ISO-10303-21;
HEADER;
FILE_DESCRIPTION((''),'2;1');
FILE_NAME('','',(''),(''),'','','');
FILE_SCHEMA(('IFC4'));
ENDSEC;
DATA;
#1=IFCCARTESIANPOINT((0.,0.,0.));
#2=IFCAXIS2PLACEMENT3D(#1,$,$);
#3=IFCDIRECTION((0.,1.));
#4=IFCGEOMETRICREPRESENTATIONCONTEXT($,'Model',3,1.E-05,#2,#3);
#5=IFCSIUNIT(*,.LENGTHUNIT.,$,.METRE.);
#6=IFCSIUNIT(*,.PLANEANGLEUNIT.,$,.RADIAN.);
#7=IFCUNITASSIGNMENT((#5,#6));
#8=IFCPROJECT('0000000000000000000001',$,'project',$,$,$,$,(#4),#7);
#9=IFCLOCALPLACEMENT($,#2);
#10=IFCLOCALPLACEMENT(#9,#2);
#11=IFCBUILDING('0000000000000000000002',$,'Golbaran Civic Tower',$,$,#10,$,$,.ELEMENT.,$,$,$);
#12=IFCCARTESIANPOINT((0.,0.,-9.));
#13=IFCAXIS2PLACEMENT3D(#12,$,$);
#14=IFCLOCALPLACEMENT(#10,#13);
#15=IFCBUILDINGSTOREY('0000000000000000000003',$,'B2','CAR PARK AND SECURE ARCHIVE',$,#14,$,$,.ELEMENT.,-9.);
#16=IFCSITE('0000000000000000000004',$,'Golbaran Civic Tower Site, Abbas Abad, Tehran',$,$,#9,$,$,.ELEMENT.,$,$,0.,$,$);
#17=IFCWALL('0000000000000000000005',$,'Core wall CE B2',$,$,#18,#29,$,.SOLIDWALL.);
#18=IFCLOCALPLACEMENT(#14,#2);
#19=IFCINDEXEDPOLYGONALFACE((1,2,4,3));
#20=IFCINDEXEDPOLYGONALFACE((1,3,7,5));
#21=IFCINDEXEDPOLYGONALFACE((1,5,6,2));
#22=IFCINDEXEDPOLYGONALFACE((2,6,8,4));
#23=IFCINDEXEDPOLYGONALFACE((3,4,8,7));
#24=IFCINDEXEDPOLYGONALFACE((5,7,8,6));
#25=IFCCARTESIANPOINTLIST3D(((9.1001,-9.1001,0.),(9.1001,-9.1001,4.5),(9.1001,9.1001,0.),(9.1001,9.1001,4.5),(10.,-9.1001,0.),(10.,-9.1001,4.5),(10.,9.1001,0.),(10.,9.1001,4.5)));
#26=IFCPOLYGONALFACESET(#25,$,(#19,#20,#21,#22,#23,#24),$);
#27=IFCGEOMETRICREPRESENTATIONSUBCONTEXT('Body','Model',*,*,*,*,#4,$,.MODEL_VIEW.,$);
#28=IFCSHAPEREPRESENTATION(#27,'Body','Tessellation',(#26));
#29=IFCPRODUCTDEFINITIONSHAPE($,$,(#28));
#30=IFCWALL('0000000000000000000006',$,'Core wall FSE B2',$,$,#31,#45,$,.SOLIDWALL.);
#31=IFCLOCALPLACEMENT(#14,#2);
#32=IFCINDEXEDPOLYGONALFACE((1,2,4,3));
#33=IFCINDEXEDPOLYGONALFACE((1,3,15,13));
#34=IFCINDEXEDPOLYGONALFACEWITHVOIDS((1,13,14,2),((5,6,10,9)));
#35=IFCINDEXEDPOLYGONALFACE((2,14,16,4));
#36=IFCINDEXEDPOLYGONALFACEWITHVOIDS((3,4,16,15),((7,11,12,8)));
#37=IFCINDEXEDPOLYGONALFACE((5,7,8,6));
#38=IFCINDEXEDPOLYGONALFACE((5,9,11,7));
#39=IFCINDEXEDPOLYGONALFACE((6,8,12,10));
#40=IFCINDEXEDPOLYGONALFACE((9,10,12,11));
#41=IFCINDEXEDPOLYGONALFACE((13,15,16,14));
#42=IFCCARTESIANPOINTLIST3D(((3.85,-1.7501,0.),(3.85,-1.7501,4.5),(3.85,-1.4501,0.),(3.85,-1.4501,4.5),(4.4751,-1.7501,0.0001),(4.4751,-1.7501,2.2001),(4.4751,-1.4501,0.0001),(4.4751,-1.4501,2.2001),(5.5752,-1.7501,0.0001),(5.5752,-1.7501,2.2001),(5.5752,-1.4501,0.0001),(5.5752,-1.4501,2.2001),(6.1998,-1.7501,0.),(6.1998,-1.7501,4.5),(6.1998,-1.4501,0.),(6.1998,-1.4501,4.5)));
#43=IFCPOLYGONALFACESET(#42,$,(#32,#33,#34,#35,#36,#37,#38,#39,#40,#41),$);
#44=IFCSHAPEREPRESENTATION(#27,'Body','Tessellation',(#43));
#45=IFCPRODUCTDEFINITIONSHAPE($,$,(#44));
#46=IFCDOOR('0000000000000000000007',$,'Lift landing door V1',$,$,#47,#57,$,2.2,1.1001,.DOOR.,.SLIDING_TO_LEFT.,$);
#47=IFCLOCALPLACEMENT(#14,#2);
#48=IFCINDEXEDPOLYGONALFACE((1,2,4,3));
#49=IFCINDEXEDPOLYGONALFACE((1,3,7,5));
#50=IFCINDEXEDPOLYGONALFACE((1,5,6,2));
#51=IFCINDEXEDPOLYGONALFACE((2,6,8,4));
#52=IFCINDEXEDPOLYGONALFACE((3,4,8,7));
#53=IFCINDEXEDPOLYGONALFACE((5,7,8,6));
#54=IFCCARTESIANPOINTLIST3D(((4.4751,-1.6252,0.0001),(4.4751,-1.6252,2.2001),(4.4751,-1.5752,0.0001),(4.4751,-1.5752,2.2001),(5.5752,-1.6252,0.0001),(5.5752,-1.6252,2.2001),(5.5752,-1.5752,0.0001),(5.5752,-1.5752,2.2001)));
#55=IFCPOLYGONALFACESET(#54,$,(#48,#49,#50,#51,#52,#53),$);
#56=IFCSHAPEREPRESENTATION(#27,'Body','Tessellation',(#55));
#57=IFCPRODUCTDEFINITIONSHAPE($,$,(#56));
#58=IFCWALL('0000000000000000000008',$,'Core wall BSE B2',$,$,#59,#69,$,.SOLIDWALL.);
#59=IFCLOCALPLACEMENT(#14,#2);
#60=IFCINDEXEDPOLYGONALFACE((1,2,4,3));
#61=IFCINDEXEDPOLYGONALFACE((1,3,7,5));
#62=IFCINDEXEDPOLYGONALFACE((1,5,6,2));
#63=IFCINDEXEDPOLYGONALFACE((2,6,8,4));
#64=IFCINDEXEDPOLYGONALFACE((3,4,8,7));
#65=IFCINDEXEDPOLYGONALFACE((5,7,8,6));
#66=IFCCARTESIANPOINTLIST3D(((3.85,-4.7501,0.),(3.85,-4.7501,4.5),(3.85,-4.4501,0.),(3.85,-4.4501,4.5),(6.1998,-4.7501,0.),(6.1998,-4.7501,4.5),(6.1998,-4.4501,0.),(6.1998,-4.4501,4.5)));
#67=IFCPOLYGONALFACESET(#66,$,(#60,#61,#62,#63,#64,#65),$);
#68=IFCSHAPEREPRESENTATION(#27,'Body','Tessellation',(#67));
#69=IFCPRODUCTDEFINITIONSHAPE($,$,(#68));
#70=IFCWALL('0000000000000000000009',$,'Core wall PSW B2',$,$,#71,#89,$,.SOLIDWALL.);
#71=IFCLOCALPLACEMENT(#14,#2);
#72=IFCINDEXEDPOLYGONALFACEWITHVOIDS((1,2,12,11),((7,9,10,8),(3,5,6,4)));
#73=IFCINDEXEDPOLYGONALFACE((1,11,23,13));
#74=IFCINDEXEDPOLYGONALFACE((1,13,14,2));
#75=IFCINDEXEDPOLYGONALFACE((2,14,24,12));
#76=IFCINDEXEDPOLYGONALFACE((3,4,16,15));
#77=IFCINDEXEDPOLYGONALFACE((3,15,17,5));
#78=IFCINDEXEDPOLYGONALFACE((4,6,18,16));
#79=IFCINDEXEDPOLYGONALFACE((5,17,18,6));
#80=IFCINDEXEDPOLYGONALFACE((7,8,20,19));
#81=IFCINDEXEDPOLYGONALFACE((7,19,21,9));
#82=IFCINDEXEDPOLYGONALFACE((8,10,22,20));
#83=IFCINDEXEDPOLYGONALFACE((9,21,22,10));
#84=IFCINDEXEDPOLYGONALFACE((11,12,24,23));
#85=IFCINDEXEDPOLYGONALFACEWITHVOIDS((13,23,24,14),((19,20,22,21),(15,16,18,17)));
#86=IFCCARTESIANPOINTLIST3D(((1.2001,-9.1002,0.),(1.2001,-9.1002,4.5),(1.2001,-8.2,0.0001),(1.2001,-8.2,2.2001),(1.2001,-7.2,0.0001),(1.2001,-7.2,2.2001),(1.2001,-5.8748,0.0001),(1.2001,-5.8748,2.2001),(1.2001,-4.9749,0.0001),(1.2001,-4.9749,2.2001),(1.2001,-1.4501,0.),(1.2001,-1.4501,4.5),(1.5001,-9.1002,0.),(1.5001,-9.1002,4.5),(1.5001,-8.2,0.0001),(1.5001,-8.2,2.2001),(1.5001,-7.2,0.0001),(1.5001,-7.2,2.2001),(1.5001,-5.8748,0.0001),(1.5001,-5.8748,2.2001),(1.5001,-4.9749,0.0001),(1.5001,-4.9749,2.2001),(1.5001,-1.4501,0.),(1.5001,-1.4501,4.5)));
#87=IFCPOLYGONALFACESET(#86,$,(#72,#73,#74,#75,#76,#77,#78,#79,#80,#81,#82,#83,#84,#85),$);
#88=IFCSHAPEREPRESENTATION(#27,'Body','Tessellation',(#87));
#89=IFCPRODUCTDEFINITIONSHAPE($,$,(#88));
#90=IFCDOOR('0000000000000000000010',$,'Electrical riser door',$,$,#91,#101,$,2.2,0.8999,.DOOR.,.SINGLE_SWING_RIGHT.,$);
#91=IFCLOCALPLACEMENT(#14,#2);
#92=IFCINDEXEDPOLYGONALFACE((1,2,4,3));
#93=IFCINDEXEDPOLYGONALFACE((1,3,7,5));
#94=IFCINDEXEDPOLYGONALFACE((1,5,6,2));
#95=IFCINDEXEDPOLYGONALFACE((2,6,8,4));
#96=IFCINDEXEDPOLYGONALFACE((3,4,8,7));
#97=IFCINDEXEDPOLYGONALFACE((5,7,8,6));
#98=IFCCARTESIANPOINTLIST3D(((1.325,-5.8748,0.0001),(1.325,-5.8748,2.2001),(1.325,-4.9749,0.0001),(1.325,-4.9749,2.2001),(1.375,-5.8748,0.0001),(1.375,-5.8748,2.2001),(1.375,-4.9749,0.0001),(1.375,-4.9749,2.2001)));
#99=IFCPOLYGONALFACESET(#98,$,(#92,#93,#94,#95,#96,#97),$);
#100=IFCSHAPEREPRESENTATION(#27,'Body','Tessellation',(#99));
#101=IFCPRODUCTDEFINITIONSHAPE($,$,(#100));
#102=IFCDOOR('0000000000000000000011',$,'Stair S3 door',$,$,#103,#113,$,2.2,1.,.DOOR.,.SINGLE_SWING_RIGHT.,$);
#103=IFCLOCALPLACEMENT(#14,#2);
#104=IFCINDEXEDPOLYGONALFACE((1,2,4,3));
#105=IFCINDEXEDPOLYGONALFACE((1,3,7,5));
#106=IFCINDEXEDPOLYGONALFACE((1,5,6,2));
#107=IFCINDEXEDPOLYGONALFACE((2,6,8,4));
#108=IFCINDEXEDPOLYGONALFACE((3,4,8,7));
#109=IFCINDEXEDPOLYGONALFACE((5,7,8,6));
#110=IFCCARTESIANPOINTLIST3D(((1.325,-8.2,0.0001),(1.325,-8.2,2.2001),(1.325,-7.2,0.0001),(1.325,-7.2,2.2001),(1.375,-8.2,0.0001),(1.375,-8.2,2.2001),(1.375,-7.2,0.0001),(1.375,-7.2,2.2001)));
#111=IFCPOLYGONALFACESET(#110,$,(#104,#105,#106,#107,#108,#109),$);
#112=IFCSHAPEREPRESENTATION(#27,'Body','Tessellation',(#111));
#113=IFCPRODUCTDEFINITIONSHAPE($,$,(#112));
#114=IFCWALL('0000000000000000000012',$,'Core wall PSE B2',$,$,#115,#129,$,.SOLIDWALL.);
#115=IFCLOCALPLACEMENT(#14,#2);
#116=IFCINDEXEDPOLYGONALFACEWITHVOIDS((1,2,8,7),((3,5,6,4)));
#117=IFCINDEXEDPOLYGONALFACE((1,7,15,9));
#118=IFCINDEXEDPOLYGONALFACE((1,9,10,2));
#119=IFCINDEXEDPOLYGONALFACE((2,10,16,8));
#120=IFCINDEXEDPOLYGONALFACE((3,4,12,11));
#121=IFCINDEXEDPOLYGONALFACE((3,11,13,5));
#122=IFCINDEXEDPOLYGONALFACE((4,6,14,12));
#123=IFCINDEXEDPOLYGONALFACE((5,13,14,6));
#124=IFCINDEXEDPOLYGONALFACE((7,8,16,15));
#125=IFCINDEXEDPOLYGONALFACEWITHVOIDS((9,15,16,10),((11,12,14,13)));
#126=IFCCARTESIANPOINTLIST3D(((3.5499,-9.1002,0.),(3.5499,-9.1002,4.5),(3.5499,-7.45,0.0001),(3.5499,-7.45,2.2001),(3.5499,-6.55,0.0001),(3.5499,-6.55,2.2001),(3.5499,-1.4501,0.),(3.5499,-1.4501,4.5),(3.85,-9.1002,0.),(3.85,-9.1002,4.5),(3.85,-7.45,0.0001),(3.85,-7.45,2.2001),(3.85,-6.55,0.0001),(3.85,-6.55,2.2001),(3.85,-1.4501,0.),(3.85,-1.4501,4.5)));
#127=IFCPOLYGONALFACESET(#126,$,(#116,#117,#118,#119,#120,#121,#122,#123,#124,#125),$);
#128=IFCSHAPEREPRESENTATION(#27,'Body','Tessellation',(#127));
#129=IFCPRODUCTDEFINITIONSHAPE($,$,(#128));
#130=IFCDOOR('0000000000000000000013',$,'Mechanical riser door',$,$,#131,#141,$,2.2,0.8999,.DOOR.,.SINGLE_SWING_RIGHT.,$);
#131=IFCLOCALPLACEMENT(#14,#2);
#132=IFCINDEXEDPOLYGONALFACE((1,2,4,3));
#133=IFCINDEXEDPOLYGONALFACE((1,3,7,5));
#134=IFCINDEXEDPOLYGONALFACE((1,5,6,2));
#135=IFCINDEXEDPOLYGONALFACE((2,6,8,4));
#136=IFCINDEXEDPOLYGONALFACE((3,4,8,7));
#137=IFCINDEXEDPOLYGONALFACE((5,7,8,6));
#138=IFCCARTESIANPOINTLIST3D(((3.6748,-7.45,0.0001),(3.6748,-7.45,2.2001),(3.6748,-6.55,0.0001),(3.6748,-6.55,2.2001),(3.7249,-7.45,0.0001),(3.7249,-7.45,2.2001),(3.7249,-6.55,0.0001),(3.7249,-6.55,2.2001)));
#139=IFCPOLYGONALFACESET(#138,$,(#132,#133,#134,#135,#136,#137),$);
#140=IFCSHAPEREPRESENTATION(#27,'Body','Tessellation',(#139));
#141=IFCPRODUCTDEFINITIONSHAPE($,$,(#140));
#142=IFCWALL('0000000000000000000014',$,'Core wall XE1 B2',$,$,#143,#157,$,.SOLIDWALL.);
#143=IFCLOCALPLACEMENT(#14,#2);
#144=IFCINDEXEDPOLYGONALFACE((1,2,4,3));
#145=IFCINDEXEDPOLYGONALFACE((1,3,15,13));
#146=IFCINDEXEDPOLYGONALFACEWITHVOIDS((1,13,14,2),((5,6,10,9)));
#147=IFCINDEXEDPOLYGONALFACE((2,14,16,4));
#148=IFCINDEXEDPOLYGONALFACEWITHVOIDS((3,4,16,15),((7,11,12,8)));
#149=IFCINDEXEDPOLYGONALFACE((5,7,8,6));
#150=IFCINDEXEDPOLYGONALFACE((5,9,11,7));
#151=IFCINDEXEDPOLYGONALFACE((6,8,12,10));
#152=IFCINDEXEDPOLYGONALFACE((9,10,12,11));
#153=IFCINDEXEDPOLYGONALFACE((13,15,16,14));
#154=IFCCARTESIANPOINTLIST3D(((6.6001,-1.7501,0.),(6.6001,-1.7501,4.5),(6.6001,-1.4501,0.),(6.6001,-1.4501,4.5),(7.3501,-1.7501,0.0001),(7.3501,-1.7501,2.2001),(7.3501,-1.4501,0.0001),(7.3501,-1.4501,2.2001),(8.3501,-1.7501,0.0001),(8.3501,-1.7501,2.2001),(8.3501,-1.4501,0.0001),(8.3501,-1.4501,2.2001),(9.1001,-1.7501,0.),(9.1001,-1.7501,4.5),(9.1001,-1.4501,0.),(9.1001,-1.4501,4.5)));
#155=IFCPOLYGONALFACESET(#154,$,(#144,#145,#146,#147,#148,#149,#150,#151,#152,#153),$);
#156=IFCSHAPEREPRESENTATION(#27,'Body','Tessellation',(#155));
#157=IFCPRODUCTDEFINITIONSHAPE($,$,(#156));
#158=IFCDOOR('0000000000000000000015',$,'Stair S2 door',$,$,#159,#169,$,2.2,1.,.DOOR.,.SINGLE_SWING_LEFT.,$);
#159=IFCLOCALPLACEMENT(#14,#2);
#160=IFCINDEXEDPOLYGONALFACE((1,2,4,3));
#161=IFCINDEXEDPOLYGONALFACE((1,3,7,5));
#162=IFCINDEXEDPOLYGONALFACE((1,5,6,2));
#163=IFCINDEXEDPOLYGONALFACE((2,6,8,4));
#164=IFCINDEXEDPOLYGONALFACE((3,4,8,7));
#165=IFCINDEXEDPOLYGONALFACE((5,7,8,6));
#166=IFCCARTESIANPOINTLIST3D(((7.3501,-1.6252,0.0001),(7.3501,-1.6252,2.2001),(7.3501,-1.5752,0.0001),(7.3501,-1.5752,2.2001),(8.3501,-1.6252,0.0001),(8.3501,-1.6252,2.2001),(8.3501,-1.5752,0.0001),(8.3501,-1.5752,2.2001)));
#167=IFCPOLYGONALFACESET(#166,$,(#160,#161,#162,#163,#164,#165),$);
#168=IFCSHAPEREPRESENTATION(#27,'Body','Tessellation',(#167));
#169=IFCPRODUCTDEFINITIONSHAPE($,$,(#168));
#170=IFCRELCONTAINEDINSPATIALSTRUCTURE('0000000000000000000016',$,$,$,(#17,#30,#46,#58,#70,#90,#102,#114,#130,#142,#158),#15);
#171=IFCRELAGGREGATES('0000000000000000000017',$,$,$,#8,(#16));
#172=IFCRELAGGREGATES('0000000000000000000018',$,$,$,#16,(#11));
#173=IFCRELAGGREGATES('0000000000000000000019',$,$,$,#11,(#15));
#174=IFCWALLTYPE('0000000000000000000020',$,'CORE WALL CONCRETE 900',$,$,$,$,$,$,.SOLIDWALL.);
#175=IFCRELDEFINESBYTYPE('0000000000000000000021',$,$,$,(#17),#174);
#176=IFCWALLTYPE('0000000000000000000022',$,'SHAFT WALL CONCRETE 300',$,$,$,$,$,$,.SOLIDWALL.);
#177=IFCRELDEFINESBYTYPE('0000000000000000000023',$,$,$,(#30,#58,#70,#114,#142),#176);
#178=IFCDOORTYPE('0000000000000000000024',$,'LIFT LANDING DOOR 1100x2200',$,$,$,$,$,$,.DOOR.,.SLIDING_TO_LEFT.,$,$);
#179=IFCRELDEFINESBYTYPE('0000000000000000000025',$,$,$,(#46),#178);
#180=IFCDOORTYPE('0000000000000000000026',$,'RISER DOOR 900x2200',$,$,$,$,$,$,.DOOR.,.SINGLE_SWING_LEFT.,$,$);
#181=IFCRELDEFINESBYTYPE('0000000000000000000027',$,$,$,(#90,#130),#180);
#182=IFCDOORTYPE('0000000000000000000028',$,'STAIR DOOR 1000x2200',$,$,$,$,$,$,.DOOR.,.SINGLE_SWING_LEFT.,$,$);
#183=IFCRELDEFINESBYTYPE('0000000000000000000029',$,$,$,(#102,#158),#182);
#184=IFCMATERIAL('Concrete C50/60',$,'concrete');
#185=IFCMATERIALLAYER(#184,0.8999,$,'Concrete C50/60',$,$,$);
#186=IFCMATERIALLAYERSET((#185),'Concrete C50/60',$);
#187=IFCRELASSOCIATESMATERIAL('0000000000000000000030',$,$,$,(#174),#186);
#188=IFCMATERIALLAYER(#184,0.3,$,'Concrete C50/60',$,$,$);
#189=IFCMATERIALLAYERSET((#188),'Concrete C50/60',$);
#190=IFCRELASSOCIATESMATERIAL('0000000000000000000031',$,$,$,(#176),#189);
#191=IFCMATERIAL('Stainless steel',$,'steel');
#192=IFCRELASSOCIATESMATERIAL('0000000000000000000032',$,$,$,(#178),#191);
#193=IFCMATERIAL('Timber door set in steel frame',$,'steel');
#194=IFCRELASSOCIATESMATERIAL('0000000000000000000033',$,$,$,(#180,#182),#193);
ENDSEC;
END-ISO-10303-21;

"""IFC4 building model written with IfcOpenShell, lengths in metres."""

from ifc_helpers import new_model, si_unit, direction, frame, frame_2d, origin, place, context, subcontext, project, spatial, rectangle, extrude, material, layer, layer_set, type_object, element, fill, save


model = new_model("IFC4")

# Units and contexts
model_context = context("Model", 3, precision=1e-05, world=origin(), true_north=direction((0.0, 1.0)))
body_context = subcontext(model_context, "Body", "Model", "MODEL_VIEW")
ifc_project = project(units=[si_unit("LENGTHUNIT", "METRE"), si_unit("PLANEANGLEUNIT", "RADIAN")], contexts=[model_context])

# Site, building, storey
site_placement = place(None, origin())
site = spatial("IfcSite", under=ifc_project, at=site_placement, Name="Golbaran Civic Tower Site, Abbas Abad, Tehran", CompositionType="ELEMENT", RefElevation=0.0)
building_placement = place(site_placement, origin())
building = spatial("IfcBuilding", under=site, at=building_placement, Name="Golbaran Civic Tower", CompositionType="ELEMENT")
storey_placement = place(building_placement, frame((0.0, 0.0, -9.0)))
storey = spatial("IfcBuildingStorey", under=building, at=storey_placement, Name="B2", Description="CAR PARK AND SECURE ARCHIVE", CompositionType="ELEMENT", Elevation=-9.0)

# Shared definitions
ifc_material_1 = material(Name="Concrete C50/60", Category="concrete")

# Shared definitions
ifc_layer_1 = layer(ifc_material_1, 0.8999, Name="Concrete C50/60")
ifc_layer_set_1 = layer_set([ifc_layer_1], Name="Concrete C50/60")
wall_type_1 = type_object("IfcWallType", Name="CORE WALL CONCRETE 900", PredefinedType="SOLIDWALL", material=ifc_layer_set_1)
ifc_material_2 = material(Name="Timber door set in steel frame", Category="steel")

# Wall
wall_1_placement = place(storey_placement, frame((9.55, -9.1001, 0.0), z_axis=(0.0, 0.0, 1.0), x_axis=(0.0, 1.0, 0.0)))
element("IfcWall", 1, at=wall_1_placement, inside=storey, type_object=wall_type_1, Name="Core wall CE B2", PredefinedType="SOLIDWALL", context=body_context, shape_type="SweptSolid", body=[
    extrude(rectangle(XDim=18.2002, YDim=0.8999, at=frame_2d((9.1001, 0.0))), origin(), (0.0, 0.0, 1.0), 4.5),
])

# Wall, opening, door
ifc_layer_2 = layer(ifc_material_1, 0.3, Name="Concrete C50/60")
ifc_layer_set_2 = layer_set([ifc_layer_2], Name="Concrete C50/60")
wall_type_2 = type_object("IfcWallType", Name="SHAFT WALL CONCRETE 300", PredefinedType="SOLIDWALL", material=ifc_layer_set_2)
wall_2_placement = place(storey_placement, frame((3.8501, -1.6001, 0.0), z_axis=(0.0, 0.0, 1.0), x_axis=(1.0, 0.0, 0.0)))
wall_2 = element("IfcWall", 2, at=wall_2_placement, inside=storey, type_object=wall_type_2, Name="Core wall FSE B2", PredefinedType="SOLIDWALL", context=body_context, shape_type="SweptSolid", body=[
    extrude(rectangle(XDim=2.3499, YDim=0.3, at=frame_2d((1.1748, 0.0))), origin(), (0.0, 0.0, 1.0), 4.5),
])
opening_1_placement = place(wall_2_placement, frame((0.625, 0.0, 0.0)))
opening_1 = element("IfcOpeningElement", 3, at=opening_1_placement, cuts=wall_2, PredefinedType="OPENING", context=body_context, shape_type="SweptSolid", body=[
    extrude(rectangle(XDim=1.1001, YDim=2.2, at=frame_2d((0.55, 1.1001))), frame((0.0, 0.1599, 0.0), z_axis=(0.0, -1.0, 0.0), x_axis=(1.0, 0.0, 0.0)), (0.0, 0.0, 1.0), 0.3201),
])
ifc_material_3 = material(Name="Stainless steel", Category="steel")
door_type_1 = type_object("IfcDoorType", Name="LIFT LANDING DOOR 1100x2200", OperationType="SLIDING_TO_LEFT", PredefinedType="DOOR", material=ifc_material_3)
door_1_placement = place(opening_1_placement, origin())
door_1 = element("IfcDoor", 4, at=door_1_placement, inside=storey, type_object=door_type_1, Name="Lift landing door V1", OperationType="SLIDING_TO_LEFT", OverallHeight=2.2, OverallWidth=1.1001, PredefinedType="DOOR", context=body_context, shape_type="SweptSolid", body=[
    extrude(rectangle(XDim=1.1001, YDim=2.2, at=frame_2d((0.55, 1.1001))), frame((0.0, 0.0249, 0.0), z_axis=(0.0, -1.0, 0.0), x_axis=(1.0, 0.0, 0.0)), (0.0, 0.0, 1.0), 0.05),
])
fill(opening_1, door_1)

# Wall
wall_3_placement = place(storey_placement, frame((3.8501, -4.6001, 0.0), z_axis=(0.0, 0.0, 1.0), x_axis=(1.0, 0.0, 0.0)))
element("IfcWall", 5, at=wall_3_placement, inside=storey, type_object=wall_type_2, Name="Core wall BSE B2", PredefinedType="SOLIDWALL", context=body_context, shape_type="SweptSolid", body=[
    extrude(rectangle(XDim=2.3499, YDim=0.3, at=frame_2d((1.1748, 0.0))), origin(), (0.0, 0.0, 1.0), 4.5),
])

# Wall, openings, doors
wall_4_placement = place(storey_placement, frame((1.3501, -1.45, 0.0), z_axis=(0.0, 0.0, 1.0), x_axis=(0.0, -1.0, 0.0)))
wall_4 = element("IfcWall", 6, at=wall_4_placement, inside=storey, type_object=wall_type_2, Name="Core wall PSW B2", PredefinedType="SOLIDWALL", context=body_context, shape_type="SweptSolid", body=[
    extrude(rectangle(XDim=7.6501, YDim=0.3, at=frame_2d((3.8252, 0.0))), origin(), (0.0, 0.0, 1.0), 4.5),
])
opening_2_placement = place(wall_4_placement, frame((5.75, 0.0, 0.0)))
opening_2 = element("IfcOpeningElement", 7, at=opening_2_placement, cuts=wall_4, PredefinedType="OPENING", context=body_context, shape_type="SweptSolid", body=[
    extrude(rectangle(XDim=1.0, YDim=2.2, at=frame_2d((0.5, 1.1001))), frame((0.0, 0.1599, 0.0), z_axis=(0.0, -1.0, 0.0), x_axis=(1.0, 0.0, 0.0)), (0.0, 0.0, 1.0), 0.3201),
])
opening_3_placement = place(wall_4_placement, frame((3.5249, 0.0, 0.0)))
opening_3 = element("IfcOpeningElement", 8, at=opening_3_placement, cuts=wall_4, PredefinedType="OPENING", context=body_context, shape_type="SweptSolid", body=[
    extrude(rectangle(XDim=0.8999, YDim=2.2, at=frame_2d((0.45, 1.1001))), frame((0.0, 0.1599, 0.0), z_axis=(0.0, -1.0, 0.0), x_axis=(1.0, 0.0, 0.0)), (0.0, 0.0, 1.0), 0.3201),
])
door_type_2 = type_object("IfcDoorType", Name="RISER DOOR 900x2200", OperationType="SINGLE_SWING_LEFT", PredefinedType="DOOR", material=ifc_material_2)
door_2_placement = place(opening_3_placement, origin())
door_2 = element("IfcDoor", 9, at=door_2_placement, inside=storey, type_object=door_type_2, Name="Electrical riser door", OperationType="SINGLE_SWING_RIGHT", OverallHeight=2.2, OverallWidth=0.8999, PredefinedType="DOOR", context=body_context, shape_type="SweptSolid", body=[
    extrude(rectangle(XDim=0.8999, YDim=2.2, at=frame_2d((0.45, 1.1001))), frame((0.0, 0.0249, 0.0), z_axis=(0.0, -1.0, 0.0), x_axis=(1.0, 0.0, 0.0)), (0.0, 0.0, 1.0), 0.05),
])
fill(opening_3, door_2)
door_type_3 = type_object("IfcDoorType", Name="STAIR DOOR 1000x2200", OperationType="SINGLE_SWING_LEFT", PredefinedType="DOOR", material=ifc_material_2)
door_3_placement = place(opening_2_placement, origin())
door_3 = element("IfcDoor", 10, at=door_3_placement, inside=storey, type_object=door_type_3, Name="Stair S3 door", OperationType="SINGLE_SWING_RIGHT", OverallHeight=2.2, OverallWidth=1.0, PredefinedType="DOOR", context=body_context, shape_type="SweptSolid", body=[
    extrude(rectangle(XDim=1.0, YDim=2.2, at=frame_2d((0.5, 1.1001))), frame((0.0, 0.0249, 0.0), z_axis=(0.0, -1.0, 0.0), x_axis=(1.0, 0.0, 0.0)), (0.0, 0.0, 1.0), 0.05),
])
fill(opening_2, door_3)

# Walls, openings, doors
wall_5_placement = place(storey_placement, frame((3.7, -1.45, 0.0), z_axis=(0.0, 0.0, 1.0), x_axis=(0.0, -1.0, 0.0)))
wall_5 = element("IfcWall", 11, at=wall_5_placement, inside=storey, type_object=wall_type_2, Name="Core wall PSE B2", PredefinedType="SOLIDWALL", context=body_context, shape_type="SweptSolid", body=[
    extrude(rectangle(XDim=7.6501, YDim=0.3, at=frame_2d((3.8252, 0.0))), origin(), (0.0, 0.0, 1.0), 4.5),
])
opening_4_placement = place(wall_5_placement, frame((5.1001, 0.0, 0.0)))
opening_4 = element("IfcOpeningElement", 12, at=opening_4_placement, cuts=wall_5, PredefinedType="OPENING", context=body_context, shape_type="SweptSolid", body=[
    extrude(rectangle(XDim=0.8999, YDim=2.2, at=frame_2d((0.45, 1.1001))), frame((0.0, 0.1599, 0.0), z_axis=(0.0, -1.0, 0.0), x_axis=(1.0, 0.0, 0.0)), (0.0, 0.0, 1.0), 0.3201),
])
door_4_placement = place(opening_4_placement, origin())
door_4 = element("IfcDoor", 13, at=door_4_placement, inside=storey, type_object=door_type_2, Name="Mechanical riser door", OperationType="SINGLE_SWING_RIGHT", OverallHeight=2.2, OverallWidth=0.8999, PredefinedType="DOOR", context=body_context, shape_type="SweptSolid", body=[
    extrude(rectangle(XDim=0.8999, YDim=2.2, at=frame_2d((0.45, 1.1001))), frame((0.0, 0.0249, 0.0), z_axis=(0.0, -1.0, 0.0), x_axis=(1.0, 0.0, 0.0)), (0.0, 0.0, 1.0), 0.05),
])
fill(opening_4, door_4)
wall_6_placement = place(storey_placement, frame((6.6001, -1.6001, 0.0), z_axis=(0.0, 0.0, 1.0), x_axis=(1.0, 0.0, 0.0)))
wall_6 = element("IfcWall", 14, at=wall_6_placement, inside=storey, type_object=wall_type_2, Name="Core wall XE1 B2", PredefinedType="SOLIDWALL", context=body_context, shape_type="SweptSolid", body=[
    extrude(rectangle(XDim=2.5, YDim=0.3, at=frame_2d((1.25, 0.0))), origin(), (0.0, 0.0, 1.0), 4.5),
])
opening_5_placement = place(wall_6_placement, frame((0.75, 0.0, 0.0)))
opening_5 = element("IfcOpeningElement", 15, at=opening_5_placement, cuts=wall_6, PredefinedType="OPENING", context=body_context, shape_type="SweptSolid", body=[
    extrude(rectangle(XDim=1.0, YDim=2.2, at=frame_2d((0.5, 1.1001))), frame((0.0, 0.1599, 0.0), z_axis=(0.0, -1.0, 0.0), x_axis=(1.0, 0.0, 0.0)), (0.0, 0.0, 1.0), 0.3201),
])
door_5_placement = place(opening_5_placement, origin())
door_5 = element("IfcDoor", 16, at=door_5_placement, inside=storey, type_object=door_type_3, Name="Stair S2 door", OperationType="SINGLE_SWING_LEFT", OverallHeight=2.2, OverallWidth=1.0, PredefinedType="DOOR", context=body_context, shape_type="SweptSolid", body=[
    extrude(rectangle(XDim=1.0, YDim=2.2, at=frame_2d((0.5, 1.1001))), frame((0.0, 0.0249, 0.0), z_axis=(0.0, -1.0, 0.0), x_axis=(1.0, 0.0, 0.0)), (0.0, 0.0, 1.0), 0.05),
])
fill(opening_5, door_5)

save(model, "model.ifc")
